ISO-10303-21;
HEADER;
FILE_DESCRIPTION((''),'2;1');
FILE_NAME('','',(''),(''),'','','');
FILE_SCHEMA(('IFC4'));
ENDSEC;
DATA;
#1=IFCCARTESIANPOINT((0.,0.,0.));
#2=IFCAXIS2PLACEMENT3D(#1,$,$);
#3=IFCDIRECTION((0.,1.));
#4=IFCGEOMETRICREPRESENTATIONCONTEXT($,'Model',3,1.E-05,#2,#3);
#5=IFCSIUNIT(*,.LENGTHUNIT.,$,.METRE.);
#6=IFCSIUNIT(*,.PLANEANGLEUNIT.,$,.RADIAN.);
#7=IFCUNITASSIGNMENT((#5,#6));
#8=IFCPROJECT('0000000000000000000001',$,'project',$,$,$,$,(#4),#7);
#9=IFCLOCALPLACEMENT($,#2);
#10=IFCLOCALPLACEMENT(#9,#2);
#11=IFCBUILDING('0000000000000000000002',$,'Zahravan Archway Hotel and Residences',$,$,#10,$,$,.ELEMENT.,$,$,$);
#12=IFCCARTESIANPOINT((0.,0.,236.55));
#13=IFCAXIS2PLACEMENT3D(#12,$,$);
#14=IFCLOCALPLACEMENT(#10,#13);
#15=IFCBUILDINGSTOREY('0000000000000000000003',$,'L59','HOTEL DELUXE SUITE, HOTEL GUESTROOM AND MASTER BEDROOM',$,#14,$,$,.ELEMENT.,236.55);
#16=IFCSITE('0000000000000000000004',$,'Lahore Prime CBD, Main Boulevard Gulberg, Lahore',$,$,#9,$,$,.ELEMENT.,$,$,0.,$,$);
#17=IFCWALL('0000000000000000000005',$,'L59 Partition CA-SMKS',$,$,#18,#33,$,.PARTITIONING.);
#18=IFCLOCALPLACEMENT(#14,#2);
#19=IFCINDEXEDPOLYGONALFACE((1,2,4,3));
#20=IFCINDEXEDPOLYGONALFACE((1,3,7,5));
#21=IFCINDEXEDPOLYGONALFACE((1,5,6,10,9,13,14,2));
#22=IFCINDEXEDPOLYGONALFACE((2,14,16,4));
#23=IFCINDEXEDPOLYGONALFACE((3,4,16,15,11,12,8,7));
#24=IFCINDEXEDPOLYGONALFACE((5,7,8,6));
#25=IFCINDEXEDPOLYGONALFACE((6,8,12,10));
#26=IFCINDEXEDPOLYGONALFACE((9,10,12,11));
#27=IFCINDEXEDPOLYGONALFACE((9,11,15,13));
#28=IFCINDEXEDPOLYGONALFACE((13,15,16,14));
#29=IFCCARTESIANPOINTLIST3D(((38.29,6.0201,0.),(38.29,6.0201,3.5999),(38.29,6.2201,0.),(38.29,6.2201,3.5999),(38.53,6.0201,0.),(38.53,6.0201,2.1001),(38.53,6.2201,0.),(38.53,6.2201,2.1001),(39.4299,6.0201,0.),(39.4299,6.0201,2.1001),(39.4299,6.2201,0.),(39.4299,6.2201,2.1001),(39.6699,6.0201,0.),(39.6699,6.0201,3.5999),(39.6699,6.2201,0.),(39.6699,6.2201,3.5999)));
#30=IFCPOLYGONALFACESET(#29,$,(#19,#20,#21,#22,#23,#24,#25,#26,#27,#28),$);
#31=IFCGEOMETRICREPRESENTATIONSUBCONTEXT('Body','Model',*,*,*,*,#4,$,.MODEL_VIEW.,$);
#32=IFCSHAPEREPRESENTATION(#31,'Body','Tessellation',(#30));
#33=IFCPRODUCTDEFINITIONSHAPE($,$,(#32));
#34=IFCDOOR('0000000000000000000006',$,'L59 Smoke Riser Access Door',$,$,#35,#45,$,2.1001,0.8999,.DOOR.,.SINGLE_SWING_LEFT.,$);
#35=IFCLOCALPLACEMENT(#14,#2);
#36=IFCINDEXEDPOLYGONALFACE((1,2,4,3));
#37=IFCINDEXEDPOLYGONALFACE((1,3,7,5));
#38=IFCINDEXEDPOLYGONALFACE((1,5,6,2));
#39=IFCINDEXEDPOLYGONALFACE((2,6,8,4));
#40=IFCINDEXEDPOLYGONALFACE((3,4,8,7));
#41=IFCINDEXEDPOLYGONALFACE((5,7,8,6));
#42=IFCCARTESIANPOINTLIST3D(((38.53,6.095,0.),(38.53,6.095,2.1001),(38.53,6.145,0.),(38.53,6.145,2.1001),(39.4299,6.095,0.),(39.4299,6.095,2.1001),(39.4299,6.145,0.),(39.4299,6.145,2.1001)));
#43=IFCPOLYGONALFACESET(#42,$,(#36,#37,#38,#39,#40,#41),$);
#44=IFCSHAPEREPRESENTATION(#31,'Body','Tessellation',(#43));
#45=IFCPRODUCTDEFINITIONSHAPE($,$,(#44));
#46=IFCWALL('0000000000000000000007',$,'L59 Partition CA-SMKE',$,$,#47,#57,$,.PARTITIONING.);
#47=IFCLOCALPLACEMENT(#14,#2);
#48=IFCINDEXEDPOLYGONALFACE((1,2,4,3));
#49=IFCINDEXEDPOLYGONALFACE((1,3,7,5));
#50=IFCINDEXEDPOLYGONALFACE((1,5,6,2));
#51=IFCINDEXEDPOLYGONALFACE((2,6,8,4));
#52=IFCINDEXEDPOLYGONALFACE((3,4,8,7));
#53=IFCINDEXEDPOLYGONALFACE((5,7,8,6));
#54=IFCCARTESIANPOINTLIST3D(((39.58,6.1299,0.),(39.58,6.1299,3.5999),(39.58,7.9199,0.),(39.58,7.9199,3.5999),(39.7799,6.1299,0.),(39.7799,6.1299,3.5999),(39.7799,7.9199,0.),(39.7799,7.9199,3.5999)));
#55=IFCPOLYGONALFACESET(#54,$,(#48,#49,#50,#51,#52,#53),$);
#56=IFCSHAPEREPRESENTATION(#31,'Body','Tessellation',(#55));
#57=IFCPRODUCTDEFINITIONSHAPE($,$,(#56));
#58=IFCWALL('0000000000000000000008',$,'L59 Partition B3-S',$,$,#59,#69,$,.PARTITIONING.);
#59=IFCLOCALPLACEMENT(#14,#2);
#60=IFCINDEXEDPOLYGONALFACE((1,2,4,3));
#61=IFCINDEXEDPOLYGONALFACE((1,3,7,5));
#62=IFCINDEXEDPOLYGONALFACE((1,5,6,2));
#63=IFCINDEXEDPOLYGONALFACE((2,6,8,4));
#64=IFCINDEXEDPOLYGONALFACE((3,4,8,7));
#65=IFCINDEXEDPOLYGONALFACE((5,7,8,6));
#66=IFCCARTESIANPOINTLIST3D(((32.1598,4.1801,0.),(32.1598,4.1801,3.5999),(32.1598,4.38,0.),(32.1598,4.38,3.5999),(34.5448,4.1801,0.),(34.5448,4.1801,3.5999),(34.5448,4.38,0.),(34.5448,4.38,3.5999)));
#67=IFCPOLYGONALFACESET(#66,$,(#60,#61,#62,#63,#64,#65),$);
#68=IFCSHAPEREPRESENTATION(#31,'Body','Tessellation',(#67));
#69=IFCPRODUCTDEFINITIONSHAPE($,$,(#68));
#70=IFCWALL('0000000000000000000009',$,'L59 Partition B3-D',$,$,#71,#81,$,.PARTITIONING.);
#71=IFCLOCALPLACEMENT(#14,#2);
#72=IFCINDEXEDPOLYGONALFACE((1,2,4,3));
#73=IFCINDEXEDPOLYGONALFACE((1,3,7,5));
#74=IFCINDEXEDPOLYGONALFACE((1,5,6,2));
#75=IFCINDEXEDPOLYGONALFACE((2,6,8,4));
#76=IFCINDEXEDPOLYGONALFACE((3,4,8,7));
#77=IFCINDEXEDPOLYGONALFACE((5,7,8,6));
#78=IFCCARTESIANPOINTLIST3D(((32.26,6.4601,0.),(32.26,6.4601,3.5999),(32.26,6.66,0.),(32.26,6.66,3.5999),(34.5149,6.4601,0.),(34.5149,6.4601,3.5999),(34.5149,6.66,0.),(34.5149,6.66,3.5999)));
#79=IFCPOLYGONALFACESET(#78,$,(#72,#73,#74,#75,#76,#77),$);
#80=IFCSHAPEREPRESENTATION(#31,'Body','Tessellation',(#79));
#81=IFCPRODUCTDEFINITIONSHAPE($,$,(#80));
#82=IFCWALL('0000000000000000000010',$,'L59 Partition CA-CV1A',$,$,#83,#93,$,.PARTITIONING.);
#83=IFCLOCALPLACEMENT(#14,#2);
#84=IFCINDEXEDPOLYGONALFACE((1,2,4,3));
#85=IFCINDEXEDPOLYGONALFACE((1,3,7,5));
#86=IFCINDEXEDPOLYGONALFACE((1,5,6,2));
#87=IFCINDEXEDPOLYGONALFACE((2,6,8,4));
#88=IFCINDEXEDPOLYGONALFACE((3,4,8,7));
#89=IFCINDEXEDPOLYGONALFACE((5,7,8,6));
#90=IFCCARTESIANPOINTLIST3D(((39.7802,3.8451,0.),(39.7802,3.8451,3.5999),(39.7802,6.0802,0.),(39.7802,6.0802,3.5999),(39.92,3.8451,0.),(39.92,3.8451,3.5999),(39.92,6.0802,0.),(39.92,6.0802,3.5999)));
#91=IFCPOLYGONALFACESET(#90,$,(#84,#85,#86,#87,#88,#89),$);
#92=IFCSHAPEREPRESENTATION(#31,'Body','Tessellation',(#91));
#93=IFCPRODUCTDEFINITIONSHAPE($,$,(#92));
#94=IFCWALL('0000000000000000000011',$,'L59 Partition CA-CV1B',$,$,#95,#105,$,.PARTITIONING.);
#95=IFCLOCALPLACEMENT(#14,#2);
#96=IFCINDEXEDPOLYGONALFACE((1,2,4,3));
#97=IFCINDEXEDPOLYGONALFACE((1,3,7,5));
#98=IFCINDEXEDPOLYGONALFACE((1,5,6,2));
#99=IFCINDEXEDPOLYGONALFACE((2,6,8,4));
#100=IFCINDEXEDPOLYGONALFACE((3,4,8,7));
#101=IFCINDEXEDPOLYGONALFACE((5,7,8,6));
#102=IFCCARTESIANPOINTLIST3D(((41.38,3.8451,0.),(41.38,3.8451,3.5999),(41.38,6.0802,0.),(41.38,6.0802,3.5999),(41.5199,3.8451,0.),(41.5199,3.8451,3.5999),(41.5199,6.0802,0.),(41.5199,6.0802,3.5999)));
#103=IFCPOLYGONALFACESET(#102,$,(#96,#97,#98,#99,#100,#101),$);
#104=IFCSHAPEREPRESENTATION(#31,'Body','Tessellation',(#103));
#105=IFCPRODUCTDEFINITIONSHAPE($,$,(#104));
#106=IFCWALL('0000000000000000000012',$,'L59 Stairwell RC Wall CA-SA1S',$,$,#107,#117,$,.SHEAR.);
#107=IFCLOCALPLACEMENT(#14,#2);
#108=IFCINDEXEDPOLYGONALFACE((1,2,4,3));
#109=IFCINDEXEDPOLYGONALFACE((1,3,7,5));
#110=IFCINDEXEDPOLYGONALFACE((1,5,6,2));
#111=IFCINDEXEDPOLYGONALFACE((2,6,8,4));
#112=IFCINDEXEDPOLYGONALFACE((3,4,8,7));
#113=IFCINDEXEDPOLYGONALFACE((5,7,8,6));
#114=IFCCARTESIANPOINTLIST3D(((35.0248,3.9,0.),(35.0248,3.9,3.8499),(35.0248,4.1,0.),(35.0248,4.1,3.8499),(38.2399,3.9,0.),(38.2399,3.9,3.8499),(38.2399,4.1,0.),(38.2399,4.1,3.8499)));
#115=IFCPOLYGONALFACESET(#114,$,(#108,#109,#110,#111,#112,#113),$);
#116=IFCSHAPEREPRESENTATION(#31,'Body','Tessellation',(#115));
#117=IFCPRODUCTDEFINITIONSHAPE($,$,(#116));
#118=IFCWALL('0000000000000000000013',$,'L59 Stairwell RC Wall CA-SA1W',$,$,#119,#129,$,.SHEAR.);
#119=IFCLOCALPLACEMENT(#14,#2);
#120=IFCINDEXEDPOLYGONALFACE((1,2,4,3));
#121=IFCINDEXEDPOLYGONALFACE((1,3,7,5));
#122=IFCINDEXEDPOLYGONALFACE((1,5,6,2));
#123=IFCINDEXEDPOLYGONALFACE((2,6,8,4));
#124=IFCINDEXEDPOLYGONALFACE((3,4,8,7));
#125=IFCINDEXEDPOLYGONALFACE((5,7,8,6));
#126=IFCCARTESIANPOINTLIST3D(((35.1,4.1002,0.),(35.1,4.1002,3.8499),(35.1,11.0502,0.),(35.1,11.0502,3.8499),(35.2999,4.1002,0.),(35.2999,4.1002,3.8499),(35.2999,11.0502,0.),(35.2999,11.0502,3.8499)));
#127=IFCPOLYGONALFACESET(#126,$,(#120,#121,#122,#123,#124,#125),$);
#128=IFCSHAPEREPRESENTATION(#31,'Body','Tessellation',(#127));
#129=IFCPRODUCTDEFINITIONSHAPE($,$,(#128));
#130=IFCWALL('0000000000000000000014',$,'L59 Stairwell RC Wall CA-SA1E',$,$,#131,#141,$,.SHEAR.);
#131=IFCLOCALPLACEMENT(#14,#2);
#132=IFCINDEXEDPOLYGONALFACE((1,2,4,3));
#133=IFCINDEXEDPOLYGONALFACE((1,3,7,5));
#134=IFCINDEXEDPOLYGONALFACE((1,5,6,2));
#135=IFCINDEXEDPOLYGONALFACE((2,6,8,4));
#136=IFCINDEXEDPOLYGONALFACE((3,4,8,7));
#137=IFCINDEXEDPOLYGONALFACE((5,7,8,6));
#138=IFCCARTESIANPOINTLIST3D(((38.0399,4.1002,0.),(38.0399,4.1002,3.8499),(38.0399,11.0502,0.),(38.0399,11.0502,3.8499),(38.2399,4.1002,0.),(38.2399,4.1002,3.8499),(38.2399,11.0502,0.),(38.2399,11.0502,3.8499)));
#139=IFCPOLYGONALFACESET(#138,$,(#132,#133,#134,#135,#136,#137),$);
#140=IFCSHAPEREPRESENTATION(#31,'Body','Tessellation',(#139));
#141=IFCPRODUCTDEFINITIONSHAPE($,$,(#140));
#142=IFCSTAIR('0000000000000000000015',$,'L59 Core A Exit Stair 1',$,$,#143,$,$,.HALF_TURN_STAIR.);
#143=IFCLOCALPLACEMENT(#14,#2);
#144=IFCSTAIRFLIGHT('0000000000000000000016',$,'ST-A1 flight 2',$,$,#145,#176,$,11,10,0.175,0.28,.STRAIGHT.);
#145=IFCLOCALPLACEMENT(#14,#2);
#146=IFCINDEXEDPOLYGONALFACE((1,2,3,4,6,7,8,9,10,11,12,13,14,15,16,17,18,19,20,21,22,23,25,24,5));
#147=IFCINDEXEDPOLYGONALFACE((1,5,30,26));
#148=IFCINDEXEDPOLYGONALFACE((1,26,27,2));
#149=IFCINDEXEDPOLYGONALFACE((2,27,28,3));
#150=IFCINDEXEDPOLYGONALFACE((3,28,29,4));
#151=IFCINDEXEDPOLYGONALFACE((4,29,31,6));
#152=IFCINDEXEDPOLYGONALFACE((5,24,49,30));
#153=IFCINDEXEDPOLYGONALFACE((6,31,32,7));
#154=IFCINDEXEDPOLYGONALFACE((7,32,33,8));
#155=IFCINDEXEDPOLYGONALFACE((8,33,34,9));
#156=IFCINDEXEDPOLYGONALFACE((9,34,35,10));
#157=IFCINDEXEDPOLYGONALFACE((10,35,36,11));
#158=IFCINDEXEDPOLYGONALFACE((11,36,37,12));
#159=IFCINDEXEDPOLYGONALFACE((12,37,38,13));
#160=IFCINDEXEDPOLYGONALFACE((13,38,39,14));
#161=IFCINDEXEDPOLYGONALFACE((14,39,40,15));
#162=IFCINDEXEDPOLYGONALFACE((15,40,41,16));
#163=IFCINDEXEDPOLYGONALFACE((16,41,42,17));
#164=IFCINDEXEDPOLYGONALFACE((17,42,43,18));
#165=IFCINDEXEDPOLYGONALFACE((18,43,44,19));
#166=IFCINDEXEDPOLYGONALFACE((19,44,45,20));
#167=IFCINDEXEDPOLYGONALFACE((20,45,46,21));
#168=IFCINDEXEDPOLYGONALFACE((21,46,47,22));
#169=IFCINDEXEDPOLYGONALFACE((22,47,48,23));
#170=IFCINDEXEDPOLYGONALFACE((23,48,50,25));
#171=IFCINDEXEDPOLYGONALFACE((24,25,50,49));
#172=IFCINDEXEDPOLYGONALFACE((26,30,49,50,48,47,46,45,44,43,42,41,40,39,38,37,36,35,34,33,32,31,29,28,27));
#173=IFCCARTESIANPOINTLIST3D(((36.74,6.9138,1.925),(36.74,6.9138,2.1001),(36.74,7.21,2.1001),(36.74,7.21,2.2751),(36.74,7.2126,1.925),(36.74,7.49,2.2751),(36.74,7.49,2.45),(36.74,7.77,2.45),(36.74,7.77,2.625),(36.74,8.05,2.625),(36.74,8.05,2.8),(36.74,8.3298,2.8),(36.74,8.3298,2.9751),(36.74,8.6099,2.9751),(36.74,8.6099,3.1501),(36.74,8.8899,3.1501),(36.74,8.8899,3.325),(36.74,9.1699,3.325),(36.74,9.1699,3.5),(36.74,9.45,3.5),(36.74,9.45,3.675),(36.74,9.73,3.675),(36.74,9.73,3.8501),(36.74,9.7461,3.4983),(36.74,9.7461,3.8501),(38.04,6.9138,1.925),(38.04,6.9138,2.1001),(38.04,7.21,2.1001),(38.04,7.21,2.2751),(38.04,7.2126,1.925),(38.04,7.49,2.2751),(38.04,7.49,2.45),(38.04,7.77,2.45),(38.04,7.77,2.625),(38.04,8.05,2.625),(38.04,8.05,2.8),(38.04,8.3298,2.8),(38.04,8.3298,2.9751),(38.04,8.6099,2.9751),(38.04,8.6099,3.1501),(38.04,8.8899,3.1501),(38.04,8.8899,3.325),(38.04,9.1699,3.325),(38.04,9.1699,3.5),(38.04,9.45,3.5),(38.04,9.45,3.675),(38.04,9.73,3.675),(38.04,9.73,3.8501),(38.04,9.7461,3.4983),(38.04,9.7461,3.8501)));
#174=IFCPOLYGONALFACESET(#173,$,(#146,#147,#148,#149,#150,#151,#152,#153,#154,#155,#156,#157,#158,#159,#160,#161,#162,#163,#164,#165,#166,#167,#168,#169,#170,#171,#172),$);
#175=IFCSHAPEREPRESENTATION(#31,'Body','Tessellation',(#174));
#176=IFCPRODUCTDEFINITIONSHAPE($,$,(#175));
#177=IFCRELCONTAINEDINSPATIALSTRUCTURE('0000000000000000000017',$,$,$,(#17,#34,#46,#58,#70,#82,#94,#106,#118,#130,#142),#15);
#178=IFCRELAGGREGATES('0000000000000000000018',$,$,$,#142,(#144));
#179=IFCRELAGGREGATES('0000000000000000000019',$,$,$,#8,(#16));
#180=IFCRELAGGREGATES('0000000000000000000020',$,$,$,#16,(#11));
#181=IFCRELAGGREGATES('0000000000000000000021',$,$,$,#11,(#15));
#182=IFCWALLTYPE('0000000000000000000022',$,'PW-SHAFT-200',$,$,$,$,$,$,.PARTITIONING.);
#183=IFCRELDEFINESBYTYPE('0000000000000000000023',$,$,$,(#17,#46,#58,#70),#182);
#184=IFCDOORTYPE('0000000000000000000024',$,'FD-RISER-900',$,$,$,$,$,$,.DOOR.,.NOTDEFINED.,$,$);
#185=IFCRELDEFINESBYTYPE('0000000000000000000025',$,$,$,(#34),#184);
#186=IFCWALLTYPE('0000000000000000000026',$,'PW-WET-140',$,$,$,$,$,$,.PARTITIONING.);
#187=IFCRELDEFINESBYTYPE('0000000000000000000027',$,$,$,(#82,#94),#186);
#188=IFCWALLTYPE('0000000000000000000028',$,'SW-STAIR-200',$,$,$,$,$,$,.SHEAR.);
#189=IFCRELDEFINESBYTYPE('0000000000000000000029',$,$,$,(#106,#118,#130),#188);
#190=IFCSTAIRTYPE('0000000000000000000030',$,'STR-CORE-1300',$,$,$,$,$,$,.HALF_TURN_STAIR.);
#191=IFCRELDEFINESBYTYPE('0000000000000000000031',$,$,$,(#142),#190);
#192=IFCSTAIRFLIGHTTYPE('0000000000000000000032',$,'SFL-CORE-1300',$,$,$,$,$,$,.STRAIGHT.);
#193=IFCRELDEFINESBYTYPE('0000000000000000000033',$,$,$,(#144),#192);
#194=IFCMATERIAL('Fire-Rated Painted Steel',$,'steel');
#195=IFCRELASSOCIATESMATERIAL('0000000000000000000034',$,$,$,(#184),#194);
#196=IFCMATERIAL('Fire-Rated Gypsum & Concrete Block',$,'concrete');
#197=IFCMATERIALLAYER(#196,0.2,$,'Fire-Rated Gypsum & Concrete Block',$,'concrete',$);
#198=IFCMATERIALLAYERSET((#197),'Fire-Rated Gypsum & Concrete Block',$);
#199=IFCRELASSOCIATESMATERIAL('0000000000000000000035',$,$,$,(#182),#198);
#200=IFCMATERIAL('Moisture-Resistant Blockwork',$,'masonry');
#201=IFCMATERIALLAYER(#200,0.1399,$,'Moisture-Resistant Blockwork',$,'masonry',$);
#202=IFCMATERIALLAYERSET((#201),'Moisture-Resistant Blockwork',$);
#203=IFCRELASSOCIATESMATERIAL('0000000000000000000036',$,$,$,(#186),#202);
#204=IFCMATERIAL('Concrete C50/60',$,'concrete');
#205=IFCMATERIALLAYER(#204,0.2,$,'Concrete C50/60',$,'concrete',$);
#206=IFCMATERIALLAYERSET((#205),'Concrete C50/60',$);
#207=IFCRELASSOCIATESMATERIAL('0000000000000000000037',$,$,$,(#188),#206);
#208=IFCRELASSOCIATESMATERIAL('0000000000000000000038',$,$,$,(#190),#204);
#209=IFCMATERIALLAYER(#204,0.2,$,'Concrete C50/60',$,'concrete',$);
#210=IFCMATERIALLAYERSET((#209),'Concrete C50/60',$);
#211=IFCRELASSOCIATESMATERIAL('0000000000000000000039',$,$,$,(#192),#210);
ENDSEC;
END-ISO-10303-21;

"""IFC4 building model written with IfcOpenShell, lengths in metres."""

from ifc_helpers import new_model, si_unit, direction, frame, frame_2d, origin, place, context, subcontext, project, spatial, polyline, rectangle, outline, extrude, source, transform, mapped, material, layer, layer_set, type_object, type_shapes, element, fill, aggregate, save


model = new_model("IFC4")

# Units and contexts
model_context = context("Model", 3, precision=1e-05, world=origin(), true_north=direction((0.0, 1.0)))
body_context = subcontext(model_context, "Body", "Model", "MODEL_VIEW")
ifc_project = project(units=[si_unit("LENGTHUNIT", "METRE"), si_unit("PLANEANGLEUNIT", "RADIAN")], contexts=[model_context])

# Site, building, storey
site_placement = place(None, origin())
site = spatial("IfcSite", under=ifc_project, at=site_placement, Name="Lahore Prime CBD, Main Boulevard Gulberg, Lahore", CompositionType="ELEMENT", RefElevation=0.0)
building_placement = place(site_placement, origin())
building = spatial("IfcBuilding", under=site, at=building_placement, Name="Zahravan Archway Hotel and Residences", CompositionType="ELEMENT")
storey_placement = place(building_placement, frame((0.0, 0.0, 236.55)))
storey = spatial("IfcBuildingStorey", under=building, at=storey_placement, Name="L59", Description="HOTEL DELUXE SUITE, HOTEL GUESTROOM AND MASTER BEDROOM", CompositionType="ELEMENT", Elevation=236.55)

# Shared definitions
ifc_material_1 = material(Name="Concrete C50/60", Category="concrete")
ifc_material_2 = material(Name="Fire-Rated Painted Steel", Category="steel")
door_type = type_object("IfcDoorType", Name="FD-RISER-900", OperationType="NOTDEFINED", PredefinedType="DOOR", material=ifc_material_2)
shared_shape_1 = source(origin(), body_context, "Body", "SweptSolid", [
    extrude(rectangle(XDim=0.8999, YDim=2.1001, at=frame_2d((0.45, 1.05))), frame((0.0, 0.0249, 0.0), z_axis=(0.0, -1.0, 0.0), x_axis=(1.0, 0.0, 0.0)), (0.0, 0.0, 1.0), 0.05),
])
type_shapes(door_type, [shared_shape_1])

# Wall, opening, door
ifc_material_3 = material(Name="Fire-Rated Gypsum & Concrete Block", Category="concrete")
ifc_layer_1 = layer(ifc_material_3, 0.2, Name="Fire-Rated Gypsum & Concrete Block", Category="concrete")
ifc_layer_set_1 = layer_set([ifc_layer_1], Name="Fire-Rated Gypsum & Concrete Block")
wall_type_1 = type_object("IfcWallType", Name="PW-SHAFT-200", PredefinedType="PARTITIONING", material=ifc_layer_set_1)
wall_1_placement = place(storey_placement, frame((38.29, 6.1201, 0.0), z_axis=(0.0, 0.0, 1.0), x_axis=(1.0, 0.0, 0.0)))
wall_1 = element("IfcWall", 1, at=wall_1_placement, inside=storey, type_object=wall_type_1, Name="L59 Partition CA-SMKS", PredefinedType="PARTITIONING", context=body_context, shape_type="SweptSolid", body=[
    extrude(rectangle(XDim=1.3799, YDim=0.2, at=frame_2d((0.6899, 0.0))), origin(), (0.0, 0.0, 1.0), 3.5999),
])
opening_1_placement = place(wall_1_placement, frame((0.24, 0.0, 0.0)))
opening_1 = element("IfcOpeningElement", 2, at=opening_1_placement, cuts=wall_1, PredefinedType="OPENING", context=body_context, shape_type="SweptSolid", body=[
    extrude(rectangle(XDim=0.8999, YDim=2.1001, at=frame_2d((0.45, 1.05))), frame((0.0, 0.1099, 0.0), z_axis=(0.0, -1.0, 0.0), x_axis=(1.0, 0.0, 0.0)), (0.0, 0.0, 1.0), 0.22),
])
door_1_placement = place(opening_1_placement, origin())
door_1 = element("IfcDoor", 3, at=door_1_placement, inside=storey, type_object=door_type, Name="L59 Smoke Riser Access Door", OperationType="SINGLE_SWING_LEFT", OverallHeight=2.1001, OverallWidth=0.8999, PredefinedType="DOOR", context=body_context, shape_type="MappedRepresentation", body=[
    mapped(shared_shape_1, transform((0.0, 0.0, 0.0), scale=1.0)),
])
fill(opening_1, door_1)

# Walls
wall_2_placement = place(storey_placement, frame((39.6799, 6.1299, 0.0), z_axis=(0.0, 0.0, 1.0), x_axis=(0.0, 1.0, 0.0)))
element("IfcWall", 4, at=wall_2_placement, inside=storey, type_object=wall_type_1, Name="L59 Partition CA-SMKE", PredefinedType="PARTITIONING", context=body_context, shape_type="SweptSolid", body=[
    extrude(rectangle(XDim=1.79, YDim=0.2, at=frame_2d((0.895, 0.0))), origin(), (0.0, 0.0, 1.0), 3.5999),
])
wall_3_placement = place(storey_placement, frame((32.1599, 4.28, 0.0), z_axis=(0.0, 0.0, 1.0), x_axis=(1.0, 0.0, 0.0)))
element("IfcWall", 5, at=wall_3_placement, inside=storey, type_object=wall_type_1, Name="L59 Partition B3-S", PredefinedType="PARTITIONING", context=body_context, shape_type="SweptSolid", body=[
    extrude(rectangle(XDim=2.385, YDim=0.2, at=frame_2d((1.1924, 0.0))), origin(), (0.0, 0.0, 1.0), 3.5999),
])
wall_4_placement = place(storey_placement, frame((32.26, 6.5601, 0.0), z_axis=(0.0, 0.0, 1.0), x_axis=(1.0, 0.0, 0.0)))
element("IfcWall", 6, at=wall_4_placement, inside=storey, type_object=wall_type_1, Name="L59 Partition B3-D", PredefinedType="PARTITIONING", context=body_context, shape_type="SweptSolid", body=[
    extrude(rectangle(XDim=2.2549, YDim=0.2, at=frame_2d((1.1274, 0.0))), origin(), (0.0, 0.0, 1.0), 3.5999),
])
ifc_material_4 = material(Name="Moisture-Resistant Blockwork", Category="masonry")
ifc_layer_2 = layer(ifc_material_4, 0.1399, Name="Moisture-Resistant Blockwork", Category="masonry")
ifc_layer_set_2 = layer_set([ifc_layer_2], Name="Moisture-Resistant Blockwork")
wall_type_2 = type_object("IfcWallType", Name="PW-WET-140", PredefinedType="PARTITIONING", material=ifc_layer_set_2)
for number, where, z_axis, x_axis, name in (
    (7, (39.8501, 3.845, 0.0), (0.0, 0.0, 1.0), (0.0, 1.0, 0.0), "L59 Partition CA-CV1A"),
    (8, (41.45, 3.845, 0.0), (0.0, 0.0, 1.0), (0.0, 1.0, 0.0), "L59 Partition CA-CV1B"),
):
    element("IfcWall", number, at=place(storey_placement, frame(where, z_axis=z_axis, x_axis=x_axis)), inside=storey, type_object=wall_type_2, Name=name, PredefinedType="PARTITIONING", context=body_context, shape_type="SweptSolid", body=[
        extrude(rectangle(XDim=2.2351, YDim=0.1399, at=frame_2d((1.1177, 0.0))), origin(), (0.0, 0.0, 1.0), 3.5999),
    ])
ifc_layer_3 = layer(ifc_material_1, 0.2, Name="Concrete C50/60", Category="concrete")
ifc_layer_set_3 = layer_set([ifc_layer_3], Name="Concrete C50/60")
wall_type_3 = type_object("IfcWallType", Name="SW-STAIR-200", PredefinedType="SHEAR", material=ifc_layer_set_3)
wall_5_placement = place(storey_placement, frame((35.0249, 4.0, 0.0), z_axis=(0.0, 0.0, 1.0), x_axis=(1.0, 0.0, 0.0)))
element("IfcWall", 9, at=wall_5_placement, inside=storey, type_object=wall_type_3, Name="L59 Stairwell RC Wall CA-SA1S", PredefinedType="SHEAR", context=body_context, shape_type="SweptSolid", body=[
    extrude(rectangle(XDim=3.2151, YDim=0.2, at=frame_2d((1.6074, 0.0))), origin(), (0.0, 0.0, 1.0), 3.8499),
])
for number, where, z_axis, x_axis, name in (
    (10, (35.2, 4.1001, 0.0), (0.0, 0.0, 1.0), (0.0, 1.0, 0.0), "L59 Stairwell RC Wall CA-SA1W"),
    (11, (38.1399, 4.1001, 0.0), (0.0, 0.0, 1.0), (0.0, 1.0, 0.0), "L59 Stairwell RC Wall CA-SA1E"),
):
    element("IfcWall", number, at=place(storey_placement, frame(where, z_axis=z_axis, x_axis=x_axis)), inside=storey, type_object=wall_type_3, Name=name, PredefinedType="SHEAR", context=body_context, shape_type="SweptSolid", body=[
        extrude(rectangle(XDim=6.95, YDim=0.2, at=frame_2d((3.4751, 0.0))), origin(), (0.0, 0.0, 1.0), 3.8499),
    ])

# Stair, stair flight
stair_type = type_object("IfcStairType", Name="STR-CORE-1300", PredefinedType="HALF_TURN_STAIR", material=ifc_material_1)
stair_placement = place(storey_placement, origin())
stair = element("IfcStair", 12, at=stair_placement, inside=storey, type_object=stair_type, Name="L59 Core A Exit Stair 1", PredefinedType="HALF_TURN_STAIR")
ifc_layer_4 = layer(ifc_material_1, 0.2, Name="Concrete C50/60", Category="concrete")
ifc_layer_set_4 = layer_set([ifc_layer_4], Name="Concrete C50/60")
stair_flight_type = type_object("IfcStairFlightType", Name="SFL-CORE-1300", PredefinedType="STRAIGHT", material=ifc_layer_set_4)
shared_shape_2 = source(origin(), body_context, "Body", "SweptSolid", [
    extrude(outline(polyline([(-0.0161, 0.0), (-0.0161, 0.175), (0.28, 0.175), (0.28, 0.3501), (0.5601, 0.3501), (0.5601, 0.5249), (0.8401, 0.5249), (0.8401, 0.7), (1.1201, 0.7), (1.1201, 0.875), (1.3999, 0.875), (1.3999, 1.05), (1.6799, 1.05), (1.6799, 1.2251), (1.96, 1.2251), (1.96, 1.3999), (2.24, 1.3999), (2.24, 1.575), (2.52, 1.575), (2.52, 1.75), (2.8, 1.75), (2.8, 1.925), (2.8162, 1.925), (2.8162, 1.5732), (0.2827, 0.0), (-0.0161, 0.0)])), frame((0.0, 0.6499, 0.0), z_axis=(0.0, -1.0, 0.0), x_axis=(1.0, 0.0, 0.0)), (0.0, 0.0, 1.0), 1.3),
])
stair_flight_placement = place(storey_placement, frame((37.3899, 6.9299, 1.925), z_axis=(0.0, 0.0, 1.0), x_axis=(0.0, 1.0, 0.0)))
stair_flight = element("IfcStairFlight", 13, at=stair_flight_placement, type_object=stair_flight_type, Name="ST-A1 flight 2", NumberOfRisers=11, NumberOfTreads=10, PredefinedType="STRAIGHT", RiserHeight=0.175, TreadLength=0.28, context=body_context, shape_type="MappedRepresentation", body=[
    mapped(shared_shape_2, transform((0.0, 0.0, 0.0), scale=1.0)),
])
aggregate(stair, [stair_flight])

save(model, "model.ifc")
